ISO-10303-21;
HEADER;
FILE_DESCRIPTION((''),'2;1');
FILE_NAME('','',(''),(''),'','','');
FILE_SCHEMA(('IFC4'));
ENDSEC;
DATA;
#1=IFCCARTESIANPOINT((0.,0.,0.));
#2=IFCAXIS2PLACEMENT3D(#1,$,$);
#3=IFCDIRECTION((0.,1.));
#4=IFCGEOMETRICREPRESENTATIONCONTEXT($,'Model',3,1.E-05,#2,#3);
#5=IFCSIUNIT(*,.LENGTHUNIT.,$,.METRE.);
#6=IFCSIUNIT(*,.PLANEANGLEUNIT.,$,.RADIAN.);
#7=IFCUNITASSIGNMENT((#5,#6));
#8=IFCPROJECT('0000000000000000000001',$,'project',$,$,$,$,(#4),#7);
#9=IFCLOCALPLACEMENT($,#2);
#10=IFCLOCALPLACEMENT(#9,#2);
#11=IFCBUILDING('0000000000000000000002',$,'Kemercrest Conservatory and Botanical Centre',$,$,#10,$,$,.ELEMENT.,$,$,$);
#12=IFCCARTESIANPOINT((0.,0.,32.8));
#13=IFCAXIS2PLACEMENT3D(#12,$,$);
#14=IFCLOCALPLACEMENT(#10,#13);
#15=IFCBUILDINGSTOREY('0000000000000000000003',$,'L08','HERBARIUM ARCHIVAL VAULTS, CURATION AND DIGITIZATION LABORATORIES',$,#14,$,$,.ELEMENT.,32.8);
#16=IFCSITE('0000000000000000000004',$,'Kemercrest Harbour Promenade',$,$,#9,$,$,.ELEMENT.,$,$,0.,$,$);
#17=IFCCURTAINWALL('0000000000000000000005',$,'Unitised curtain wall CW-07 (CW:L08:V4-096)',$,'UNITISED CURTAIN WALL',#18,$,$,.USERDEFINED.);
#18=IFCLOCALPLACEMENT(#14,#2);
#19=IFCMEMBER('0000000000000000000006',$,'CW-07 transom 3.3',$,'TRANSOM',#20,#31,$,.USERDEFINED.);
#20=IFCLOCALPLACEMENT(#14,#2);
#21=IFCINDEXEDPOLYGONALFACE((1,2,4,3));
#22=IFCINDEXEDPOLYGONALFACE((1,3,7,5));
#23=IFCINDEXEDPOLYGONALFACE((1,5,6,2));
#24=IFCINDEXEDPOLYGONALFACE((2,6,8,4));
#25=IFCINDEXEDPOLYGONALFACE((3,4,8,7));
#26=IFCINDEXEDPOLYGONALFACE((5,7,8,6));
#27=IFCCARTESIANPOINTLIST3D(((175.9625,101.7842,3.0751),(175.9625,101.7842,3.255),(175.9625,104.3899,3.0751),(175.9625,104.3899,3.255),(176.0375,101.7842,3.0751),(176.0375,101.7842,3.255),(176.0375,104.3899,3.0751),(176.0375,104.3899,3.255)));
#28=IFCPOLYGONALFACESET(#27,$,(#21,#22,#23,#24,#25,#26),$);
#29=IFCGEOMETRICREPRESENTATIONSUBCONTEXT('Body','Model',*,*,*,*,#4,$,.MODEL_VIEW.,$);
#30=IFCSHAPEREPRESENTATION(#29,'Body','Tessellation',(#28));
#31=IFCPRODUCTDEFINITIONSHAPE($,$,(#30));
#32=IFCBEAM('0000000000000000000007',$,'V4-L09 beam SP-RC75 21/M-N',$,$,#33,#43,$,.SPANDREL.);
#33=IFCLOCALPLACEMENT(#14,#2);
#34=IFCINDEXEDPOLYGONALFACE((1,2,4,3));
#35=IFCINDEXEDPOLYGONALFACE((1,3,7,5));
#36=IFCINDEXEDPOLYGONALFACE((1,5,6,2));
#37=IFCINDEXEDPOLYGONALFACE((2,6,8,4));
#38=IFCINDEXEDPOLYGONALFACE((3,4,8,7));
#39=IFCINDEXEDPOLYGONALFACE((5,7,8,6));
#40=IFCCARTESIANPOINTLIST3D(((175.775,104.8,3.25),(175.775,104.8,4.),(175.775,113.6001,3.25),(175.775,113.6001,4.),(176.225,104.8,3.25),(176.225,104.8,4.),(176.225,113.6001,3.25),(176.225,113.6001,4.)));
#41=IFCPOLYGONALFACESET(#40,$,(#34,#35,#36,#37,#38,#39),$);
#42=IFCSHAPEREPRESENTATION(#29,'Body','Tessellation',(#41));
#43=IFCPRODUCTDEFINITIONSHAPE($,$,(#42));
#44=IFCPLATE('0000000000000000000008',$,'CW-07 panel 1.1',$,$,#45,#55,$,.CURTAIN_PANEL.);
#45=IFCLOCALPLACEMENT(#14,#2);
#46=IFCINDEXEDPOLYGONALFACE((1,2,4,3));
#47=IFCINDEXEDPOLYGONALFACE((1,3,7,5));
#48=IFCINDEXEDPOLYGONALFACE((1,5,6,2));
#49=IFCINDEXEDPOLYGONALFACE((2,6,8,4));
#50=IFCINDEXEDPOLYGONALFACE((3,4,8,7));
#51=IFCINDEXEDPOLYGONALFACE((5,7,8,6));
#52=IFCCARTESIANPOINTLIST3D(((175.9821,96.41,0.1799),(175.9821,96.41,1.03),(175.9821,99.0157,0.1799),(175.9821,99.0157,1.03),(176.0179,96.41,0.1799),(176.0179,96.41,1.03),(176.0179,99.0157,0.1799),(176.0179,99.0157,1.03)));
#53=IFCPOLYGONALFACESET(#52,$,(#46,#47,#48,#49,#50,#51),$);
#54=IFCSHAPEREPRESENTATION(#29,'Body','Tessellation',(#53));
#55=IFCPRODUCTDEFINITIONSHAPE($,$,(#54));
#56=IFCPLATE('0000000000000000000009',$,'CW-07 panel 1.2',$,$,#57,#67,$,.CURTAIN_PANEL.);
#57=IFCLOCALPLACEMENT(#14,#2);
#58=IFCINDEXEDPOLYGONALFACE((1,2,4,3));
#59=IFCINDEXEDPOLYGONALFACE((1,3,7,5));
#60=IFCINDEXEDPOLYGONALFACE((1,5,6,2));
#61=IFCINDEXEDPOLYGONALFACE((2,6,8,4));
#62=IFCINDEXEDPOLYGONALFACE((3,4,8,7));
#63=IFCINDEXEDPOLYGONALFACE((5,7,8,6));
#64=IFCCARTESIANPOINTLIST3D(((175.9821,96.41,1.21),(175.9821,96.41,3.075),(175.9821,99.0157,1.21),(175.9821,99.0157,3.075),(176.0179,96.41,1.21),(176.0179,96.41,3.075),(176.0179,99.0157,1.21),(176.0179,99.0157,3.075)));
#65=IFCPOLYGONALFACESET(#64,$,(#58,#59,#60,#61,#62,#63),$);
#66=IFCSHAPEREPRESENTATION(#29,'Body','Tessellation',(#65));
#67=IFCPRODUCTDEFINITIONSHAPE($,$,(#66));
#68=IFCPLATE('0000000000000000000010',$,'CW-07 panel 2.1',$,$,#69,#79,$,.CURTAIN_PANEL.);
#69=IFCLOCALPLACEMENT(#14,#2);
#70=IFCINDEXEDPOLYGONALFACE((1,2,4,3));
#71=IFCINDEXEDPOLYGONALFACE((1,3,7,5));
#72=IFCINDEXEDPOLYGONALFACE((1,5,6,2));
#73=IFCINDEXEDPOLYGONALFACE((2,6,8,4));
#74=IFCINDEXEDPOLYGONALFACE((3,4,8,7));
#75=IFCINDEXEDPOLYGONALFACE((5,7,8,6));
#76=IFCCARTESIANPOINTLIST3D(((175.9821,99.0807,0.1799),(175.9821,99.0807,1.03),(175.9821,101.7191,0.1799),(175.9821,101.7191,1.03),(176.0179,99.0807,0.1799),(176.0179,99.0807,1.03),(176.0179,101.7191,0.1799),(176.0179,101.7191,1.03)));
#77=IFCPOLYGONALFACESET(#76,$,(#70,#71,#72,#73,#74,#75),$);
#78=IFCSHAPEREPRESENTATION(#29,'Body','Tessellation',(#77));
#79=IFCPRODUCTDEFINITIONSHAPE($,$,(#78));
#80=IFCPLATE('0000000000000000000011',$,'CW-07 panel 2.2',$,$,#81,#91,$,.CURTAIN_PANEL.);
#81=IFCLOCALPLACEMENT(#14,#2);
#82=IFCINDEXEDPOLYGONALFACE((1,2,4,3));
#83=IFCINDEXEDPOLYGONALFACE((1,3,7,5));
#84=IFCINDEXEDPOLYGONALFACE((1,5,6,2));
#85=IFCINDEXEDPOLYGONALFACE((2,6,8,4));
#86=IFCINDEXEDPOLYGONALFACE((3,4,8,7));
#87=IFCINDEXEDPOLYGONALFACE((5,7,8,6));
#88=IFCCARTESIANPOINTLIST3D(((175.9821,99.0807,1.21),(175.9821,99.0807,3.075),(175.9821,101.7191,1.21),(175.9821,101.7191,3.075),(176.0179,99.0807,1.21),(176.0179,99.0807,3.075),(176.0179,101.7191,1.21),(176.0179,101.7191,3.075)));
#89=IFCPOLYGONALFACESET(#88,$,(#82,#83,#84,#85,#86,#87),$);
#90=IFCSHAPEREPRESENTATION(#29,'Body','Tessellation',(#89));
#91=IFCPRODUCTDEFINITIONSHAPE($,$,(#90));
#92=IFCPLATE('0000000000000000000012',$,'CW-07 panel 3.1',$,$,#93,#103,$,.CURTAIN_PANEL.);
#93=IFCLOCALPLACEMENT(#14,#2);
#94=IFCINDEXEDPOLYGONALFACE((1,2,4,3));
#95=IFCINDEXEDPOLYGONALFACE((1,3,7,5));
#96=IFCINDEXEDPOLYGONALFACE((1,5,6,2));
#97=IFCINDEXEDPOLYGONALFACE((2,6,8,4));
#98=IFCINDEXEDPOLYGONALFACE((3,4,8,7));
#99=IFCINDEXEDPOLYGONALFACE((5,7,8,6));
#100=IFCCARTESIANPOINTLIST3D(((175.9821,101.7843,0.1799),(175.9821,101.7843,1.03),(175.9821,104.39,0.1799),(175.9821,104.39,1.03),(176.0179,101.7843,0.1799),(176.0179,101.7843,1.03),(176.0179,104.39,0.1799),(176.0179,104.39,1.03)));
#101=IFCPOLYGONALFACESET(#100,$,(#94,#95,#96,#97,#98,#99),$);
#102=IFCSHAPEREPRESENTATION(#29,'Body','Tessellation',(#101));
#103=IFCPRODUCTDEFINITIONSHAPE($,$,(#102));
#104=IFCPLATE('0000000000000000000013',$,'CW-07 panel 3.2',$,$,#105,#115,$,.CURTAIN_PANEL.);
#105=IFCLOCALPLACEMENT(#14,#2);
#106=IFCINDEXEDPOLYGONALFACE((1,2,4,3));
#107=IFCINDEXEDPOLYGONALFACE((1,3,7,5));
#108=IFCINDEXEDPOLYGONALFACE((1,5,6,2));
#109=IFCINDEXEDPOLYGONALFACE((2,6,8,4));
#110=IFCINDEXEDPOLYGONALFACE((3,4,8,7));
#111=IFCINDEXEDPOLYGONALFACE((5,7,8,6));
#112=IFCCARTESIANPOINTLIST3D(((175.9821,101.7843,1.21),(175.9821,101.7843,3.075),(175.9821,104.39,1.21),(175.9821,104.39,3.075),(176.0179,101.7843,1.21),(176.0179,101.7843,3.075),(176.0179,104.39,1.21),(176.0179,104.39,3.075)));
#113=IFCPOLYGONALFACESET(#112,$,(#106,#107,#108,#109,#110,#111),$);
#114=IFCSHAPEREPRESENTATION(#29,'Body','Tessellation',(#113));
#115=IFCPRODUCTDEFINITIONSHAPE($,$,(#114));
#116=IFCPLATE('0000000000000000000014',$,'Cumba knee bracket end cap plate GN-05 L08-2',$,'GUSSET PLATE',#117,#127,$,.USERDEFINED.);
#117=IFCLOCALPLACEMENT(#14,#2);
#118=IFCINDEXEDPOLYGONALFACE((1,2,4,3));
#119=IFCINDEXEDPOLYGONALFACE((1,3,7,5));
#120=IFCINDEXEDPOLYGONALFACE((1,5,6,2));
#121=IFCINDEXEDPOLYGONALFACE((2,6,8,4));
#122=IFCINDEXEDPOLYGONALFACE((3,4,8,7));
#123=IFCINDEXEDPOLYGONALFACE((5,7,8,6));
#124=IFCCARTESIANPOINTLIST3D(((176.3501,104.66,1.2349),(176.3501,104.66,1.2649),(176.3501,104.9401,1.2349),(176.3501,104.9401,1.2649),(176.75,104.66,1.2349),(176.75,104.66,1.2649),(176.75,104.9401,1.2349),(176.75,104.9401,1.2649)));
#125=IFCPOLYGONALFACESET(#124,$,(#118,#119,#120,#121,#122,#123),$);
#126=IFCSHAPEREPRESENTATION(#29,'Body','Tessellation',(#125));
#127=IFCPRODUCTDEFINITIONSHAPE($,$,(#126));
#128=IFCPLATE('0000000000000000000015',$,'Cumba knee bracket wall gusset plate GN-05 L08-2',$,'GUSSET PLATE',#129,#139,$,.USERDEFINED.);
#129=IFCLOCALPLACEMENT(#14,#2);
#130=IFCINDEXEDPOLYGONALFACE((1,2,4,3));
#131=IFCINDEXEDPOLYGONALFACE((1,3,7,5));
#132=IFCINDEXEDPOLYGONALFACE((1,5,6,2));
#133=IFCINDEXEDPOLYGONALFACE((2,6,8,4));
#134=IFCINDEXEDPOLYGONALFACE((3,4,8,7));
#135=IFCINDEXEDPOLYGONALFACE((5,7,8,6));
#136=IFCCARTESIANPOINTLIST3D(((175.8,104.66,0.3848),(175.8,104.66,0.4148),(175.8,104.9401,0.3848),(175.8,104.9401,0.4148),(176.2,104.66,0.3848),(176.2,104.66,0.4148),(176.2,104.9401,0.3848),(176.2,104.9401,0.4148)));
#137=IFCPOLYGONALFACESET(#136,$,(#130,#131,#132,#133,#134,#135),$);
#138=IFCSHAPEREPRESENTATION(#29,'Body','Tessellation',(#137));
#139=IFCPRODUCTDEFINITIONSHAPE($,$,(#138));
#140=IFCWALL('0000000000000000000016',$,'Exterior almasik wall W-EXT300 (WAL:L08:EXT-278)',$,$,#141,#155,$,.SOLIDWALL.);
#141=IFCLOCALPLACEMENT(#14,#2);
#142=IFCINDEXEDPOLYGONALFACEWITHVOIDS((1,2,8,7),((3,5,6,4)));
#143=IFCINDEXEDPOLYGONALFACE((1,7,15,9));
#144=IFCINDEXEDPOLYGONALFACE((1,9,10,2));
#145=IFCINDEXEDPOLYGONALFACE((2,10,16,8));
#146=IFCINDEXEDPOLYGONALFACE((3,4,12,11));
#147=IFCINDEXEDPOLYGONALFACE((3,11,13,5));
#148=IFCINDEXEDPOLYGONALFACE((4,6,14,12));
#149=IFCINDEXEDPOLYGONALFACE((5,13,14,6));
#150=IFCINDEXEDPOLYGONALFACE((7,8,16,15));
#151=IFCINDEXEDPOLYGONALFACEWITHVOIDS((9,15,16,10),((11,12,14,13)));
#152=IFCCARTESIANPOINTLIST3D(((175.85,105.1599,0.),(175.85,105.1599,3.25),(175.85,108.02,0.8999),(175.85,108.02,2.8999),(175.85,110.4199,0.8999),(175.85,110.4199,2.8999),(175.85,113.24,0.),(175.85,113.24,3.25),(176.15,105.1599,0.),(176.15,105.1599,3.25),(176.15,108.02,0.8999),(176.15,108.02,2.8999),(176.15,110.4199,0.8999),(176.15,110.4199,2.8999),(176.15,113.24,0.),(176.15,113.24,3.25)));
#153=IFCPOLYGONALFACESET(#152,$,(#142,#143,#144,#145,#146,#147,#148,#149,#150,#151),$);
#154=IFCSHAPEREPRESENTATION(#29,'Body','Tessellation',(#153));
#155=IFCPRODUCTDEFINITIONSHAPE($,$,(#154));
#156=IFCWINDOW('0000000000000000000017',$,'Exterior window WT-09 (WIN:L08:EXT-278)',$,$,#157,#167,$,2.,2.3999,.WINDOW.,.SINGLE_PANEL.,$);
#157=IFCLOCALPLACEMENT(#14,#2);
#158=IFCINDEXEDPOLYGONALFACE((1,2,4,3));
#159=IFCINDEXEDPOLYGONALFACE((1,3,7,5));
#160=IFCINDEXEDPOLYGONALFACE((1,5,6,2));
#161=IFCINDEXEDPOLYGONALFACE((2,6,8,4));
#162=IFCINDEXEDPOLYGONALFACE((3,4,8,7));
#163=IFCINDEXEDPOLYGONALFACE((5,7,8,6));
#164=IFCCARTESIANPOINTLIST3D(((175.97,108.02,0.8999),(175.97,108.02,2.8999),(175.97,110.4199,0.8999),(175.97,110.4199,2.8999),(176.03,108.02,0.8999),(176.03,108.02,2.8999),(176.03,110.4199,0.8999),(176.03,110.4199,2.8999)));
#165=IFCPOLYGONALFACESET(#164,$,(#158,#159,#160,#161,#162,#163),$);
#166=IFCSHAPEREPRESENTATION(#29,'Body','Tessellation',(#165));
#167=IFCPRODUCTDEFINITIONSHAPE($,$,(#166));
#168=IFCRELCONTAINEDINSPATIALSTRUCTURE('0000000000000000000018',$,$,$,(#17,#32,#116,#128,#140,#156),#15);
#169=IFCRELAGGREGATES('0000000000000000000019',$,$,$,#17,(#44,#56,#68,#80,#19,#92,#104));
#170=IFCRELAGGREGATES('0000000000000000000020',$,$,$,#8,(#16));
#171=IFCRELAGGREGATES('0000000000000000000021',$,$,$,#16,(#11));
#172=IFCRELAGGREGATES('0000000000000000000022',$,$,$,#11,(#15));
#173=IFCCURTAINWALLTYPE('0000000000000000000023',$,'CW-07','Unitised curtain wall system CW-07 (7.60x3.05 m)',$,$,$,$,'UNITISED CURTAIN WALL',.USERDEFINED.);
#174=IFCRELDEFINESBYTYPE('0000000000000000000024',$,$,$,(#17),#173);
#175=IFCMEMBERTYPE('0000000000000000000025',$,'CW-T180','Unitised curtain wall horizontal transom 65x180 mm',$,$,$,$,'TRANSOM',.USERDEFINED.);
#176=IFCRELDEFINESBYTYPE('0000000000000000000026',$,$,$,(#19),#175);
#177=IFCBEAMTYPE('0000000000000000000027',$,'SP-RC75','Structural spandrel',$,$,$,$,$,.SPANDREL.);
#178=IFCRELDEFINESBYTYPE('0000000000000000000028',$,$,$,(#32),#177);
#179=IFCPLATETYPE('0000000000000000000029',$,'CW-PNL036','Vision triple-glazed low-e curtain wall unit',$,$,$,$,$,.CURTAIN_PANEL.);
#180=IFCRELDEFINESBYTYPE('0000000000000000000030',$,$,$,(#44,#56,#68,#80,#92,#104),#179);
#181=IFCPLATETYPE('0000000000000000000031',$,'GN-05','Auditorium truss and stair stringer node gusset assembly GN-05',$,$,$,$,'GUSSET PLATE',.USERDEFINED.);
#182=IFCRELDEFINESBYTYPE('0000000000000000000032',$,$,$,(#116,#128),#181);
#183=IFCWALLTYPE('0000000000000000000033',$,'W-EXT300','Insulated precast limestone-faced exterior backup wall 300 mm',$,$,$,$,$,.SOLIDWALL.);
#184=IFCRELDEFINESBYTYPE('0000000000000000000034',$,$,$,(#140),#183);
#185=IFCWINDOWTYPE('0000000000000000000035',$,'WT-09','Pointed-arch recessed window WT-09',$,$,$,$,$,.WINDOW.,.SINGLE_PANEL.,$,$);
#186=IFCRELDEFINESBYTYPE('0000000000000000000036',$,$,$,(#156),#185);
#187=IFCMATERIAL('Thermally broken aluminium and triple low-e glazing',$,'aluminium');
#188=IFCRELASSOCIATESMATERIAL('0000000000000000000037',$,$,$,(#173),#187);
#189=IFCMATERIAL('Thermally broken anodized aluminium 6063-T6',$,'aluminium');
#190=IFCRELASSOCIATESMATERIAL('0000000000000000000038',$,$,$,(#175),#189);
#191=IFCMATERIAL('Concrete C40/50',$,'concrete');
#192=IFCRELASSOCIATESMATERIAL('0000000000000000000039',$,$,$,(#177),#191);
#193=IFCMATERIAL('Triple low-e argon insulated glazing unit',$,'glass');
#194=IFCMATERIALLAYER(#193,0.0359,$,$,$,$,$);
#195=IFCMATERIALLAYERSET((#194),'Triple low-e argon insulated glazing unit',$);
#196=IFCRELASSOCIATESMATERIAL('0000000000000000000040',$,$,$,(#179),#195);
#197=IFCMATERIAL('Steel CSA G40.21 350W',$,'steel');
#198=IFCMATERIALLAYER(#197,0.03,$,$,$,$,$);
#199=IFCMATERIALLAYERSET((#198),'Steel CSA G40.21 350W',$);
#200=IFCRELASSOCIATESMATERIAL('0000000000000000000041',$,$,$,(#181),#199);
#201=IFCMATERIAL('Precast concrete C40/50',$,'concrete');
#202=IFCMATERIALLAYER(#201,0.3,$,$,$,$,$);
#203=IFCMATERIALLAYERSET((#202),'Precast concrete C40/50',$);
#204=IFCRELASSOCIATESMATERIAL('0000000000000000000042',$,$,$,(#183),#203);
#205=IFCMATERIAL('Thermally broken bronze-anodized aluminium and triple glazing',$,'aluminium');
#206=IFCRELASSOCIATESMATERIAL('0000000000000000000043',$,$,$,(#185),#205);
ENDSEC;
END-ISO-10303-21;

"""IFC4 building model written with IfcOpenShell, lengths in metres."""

from ifc_helpers import new_model, si_unit, direction, frame, frame_2d, origin, origin_2d, place, context, subcontext, project, spatial, rectangle, extrude, material, layer, layer_set, material_profile, profile_set, type_object, element, fill, aggregate, save


model = new_model("IFC4")

# Units and contexts
model_context = context("Model", 3, precision=1e-05, world=origin(), true_north=direction((0.0, 1.0)))
body_context = subcontext(model_context, "Body", "Model", "MODEL_VIEW")
ifc_project = project(units=[si_unit("LENGTHUNIT", "METRE"), si_unit("PLANEANGLEUNIT", "RADIAN")], contexts=[model_context])

# Site, building, storey
site_placement = place(None, origin())
site = spatial("IfcSite", under=ifc_project, at=site_placement, Name="Kemercrest Harbour Promenade", CompositionType="ELEMENT", RefElevation=0.0)
building_placement = place(site_placement, origin())
building = spatial("IfcBuilding", under=site, at=building_placement, Name="Kemercrest Conservatory and Botanical Centre", CompositionType="ELEMENT")
storey_placement = place(building_placement, frame((0.0, 0.0, 32.8)))
storey = spatial("IfcBuildingStorey", under=building, at=storey_placement, Name="L08", Description="HERBARIUM ARCHIVAL VAULTS, CURATION AND DIGITIZATION LABORATORIES", CompositionType="ELEMENT", Elevation=32.8)

# Shared definitions
ifc_material_1 = material(Name="Steel CSA G40.21 350W", Category="steel")

# Curtain wall, member
ifc_material_2 = material(Name="Thermally broken aluminium and triple low-e glazing", Category="aluminium")
curtain_wall_type = type_object("IfcCurtainWallType", Name="CW-07", Description="Unitised curtain wall system CW-07 (7.60x3.05 m)", ElementType="UNITISED CURTAIN WALL", PredefinedType="USERDEFINED", material=ifc_material_2)
curtain_wall_placement = place(storey_placement, origin())
curtain_wall = element("IfcCurtainWall", 1, at=curtain_wall_placement, inside=storey, type_object=curtain_wall_type, Name="Unitised curtain wall CW-07 (CW:L08:V4-096)", ObjectType="UNITISED CURTAIN WALL", PredefinedType="USERDEFINED")
ifc_material_3 = material(Name="Thermally broken anodized aluminium 6063-T6", Category="aluminium")
ifc_material_profile_1 = material_profile(ifc_material_3, rectangle(XDim=0.075, YDim=0.1799, at=origin_2d()), Name="AL TRANSOM 75x180")
ifc_profile_set_1 = profile_set([ifc_material_profile_1], Name="Thermally broken anodized aluminium 6063-T6")
member_type_1 = type_object("IfcMemberType", Name="CW-T180", Description="Unitised curtain wall horizontal transom 65x180 mm", ElementType="TRANSOM", PredefinedType="USERDEFINED", material=ifc_profile_set_1)
member_1_placement = place(storey_placement, frame((176.0, 101.7842, 3.165), z_axis=(0.0, 1.0, 0.0), x_axis=(-1.0, 0.0, 0.0)))
member_1 = element("IfcMember", 2, at=member_1_placement, type_object=member_type_1, Name="CW-07 transom 3.3", ObjectType="TRANSOM", PredefinedType="USERDEFINED", context=body_context, shape_type="SweptSolid", body=[
    extrude(rectangle(XDim=0.075, YDim=0.1799, at=origin_2d()), origin(), (0.0, 0.0, 1.0), 2.6057),
])

# Beam
ifc_material_4 = material(Name="Concrete C40/50", Category="concrete")
ifc_material_profile_2 = material_profile(ifc_material_4, rectangle(XDim=0.45, YDim=0.75, at=origin_2d()), Name="RC 450x750")
ifc_profile_set_2 = profile_set([ifc_material_profile_2], Name="Concrete C40/50")
beam_type = type_object("IfcBeamType", Name="SP-RC75", Description="Structural spandrel", PredefinedType="SPANDREL", material=ifc_profile_set_2)
beam_placement = place(storey_placement, frame((176.0, 104.8, 3.625), z_axis=(0.0, 1.0, 0.0), x_axis=(-1.0, 0.0, 0.0)))
element("IfcBeam", 3, at=beam_placement, inside=storey, type_object=beam_type, Name="V4-L09 beam SP-RC75 21/M-N", PredefinedType="SPANDREL", context=body_context, shape_type="SweptSolid", body=[
    extrude(rectangle(XDim=0.45, YDim=0.75, at=origin_2d()), origin(), (0.0, 0.0, 1.0), 8.8),
])

# Plates
ifc_material_5 = material(Name="Triple low-e argon insulated glazing unit", Category="glass")
ifc_layer_1 = layer(ifc_material_5, 0.0359)
ifc_layer_set_1 = layer_set([ifc_layer_1], Name="Triple low-e argon insulated glazing unit")
plate_type_1 = type_object("IfcPlateType", Name="CW-PNL036", Description="Vision triple-glazed low-e curtain wall unit", PredefinedType="CURTAIN_PANEL", material=ifc_layer_set_1)
plate_1_placement = place(storey_placement, frame((176.0, 97.7129, 0.1799), z_axis=(0.0, 0.0, 1.0), x_axis=(0.0, 1.0, 0.0)))
plate_1 = element("IfcPlate", 4, at=plate_1_placement, type_object=plate_type_1, Name="CW-07 panel 1.1", PredefinedType="CURTAIN_PANEL", context=body_context, shape_type="SweptSolid", body=[
    extrude(rectangle(XDim=2.6057, YDim=0.0359, at=origin_2d()), origin(), (0.0, 0.0, 1.0), 0.8501),
])
plate_2_placement = place(storey_placement, frame((176.0, 97.7129, 1.21), z_axis=(0.0, 0.0, 1.0), x_axis=(0.0, 1.0, 0.0)))
plate_2 = element("IfcPlate", 5, at=plate_2_placement, type_object=plate_type_1, Name="CW-07 panel 1.2", PredefinedType="CURTAIN_PANEL", context=body_context, shape_type="SweptSolid", body=[
    extrude(rectangle(XDim=2.6057, YDim=0.0359, at=origin_2d()), origin(), (0.0, 0.0, 1.0), 1.865),
])
plate_3_placement = place(storey_placement, frame((176.0, 100.3999, 0.1799), z_axis=(0.0, 0.0, 1.0), x_axis=(0.0, 1.0, 0.0)))
plate_3 = element("IfcPlate", 6, at=plate_3_placement, type_object=plate_type_1, Name="CW-07 panel 2.1", PredefinedType="CURTAIN_PANEL", context=body_context, shape_type="SweptSolid", body=[
    extrude(rectangle(XDim=2.6384, YDim=0.0359, at=origin_2d()), origin(), (0.0, 0.0, 1.0), 0.8501),
])
plate_4_placement = place(storey_placement, frame((176.0, 100.3999, 1.21), z_axis=(0.0, 0.0, 1.0), x_axis=(0.0, 1.0, 0.0)))
plate_4 = element("IfcPlate", 7, at=plate_4_placement, type_object=plate_type_1, Name="CW-07 panel 2.2", PredefinedType="CURTAIN_PANEL", context=body_context, shape_type="SweptSolid", body=[
    extrude(rectangle(XDim=2.6384, YDim=0.0359, at=origin_2d()), origin(), (0.0, 0.0, 1.0), 1.865),
])
plate_5_placement = place(storey_placement, frame((176.0, 103.0872, 0.1799), z_axis=(0.0, 0.0, 1.0), x_axis=(0.0, 1.0, 0.0)))
plate_5 = element("IfcPlate", 8, at=plate_5_placement, type_object=plate_type_1, Name="CW-07 panel 3.1", PredefinedType="CURTAIN_PANEL", context=body_context, shape_type="SweptSolid", body=[
    extrude(rectangle(XDim=2.6057, YDim=0.0359, at=origin_2d()), origin(), (0.0, 0.0, 1.0), 0.8501),
])
plate_6_placement = place(storey_placement, frame((176.0, 103.0872, 1.21), z_axis=(0.0, 0.0, 1.0), x_axis=(0.0, 1.0, 0.0)))
plate_6 = element("IfcPlate", 9, at=plate_6_placement, type_object=plate_type_1, Name="CW-07 panel 3.2", PredefinedType="CURTAIN_PANEL", context=body_context, shape_type="SweptSolid", body=[
    extrude(rectangle(XDim=2.6057, YDim=0.0359, at=origin_2d()), origin(), (0.0, 0.0, 1.0), 1.865),
])
aggregate(curtain_wall, [plate_1, plate_2, plate_3, plate_4, member_1, plate_5, plate_6])

# Plates
ifc_layer_2 = layer(ifc_material_1, 0.03)
ifc_layer_set_2 = layer_set([ifc_layer_2], Name="Steel CSA G40.21 350W")
plate_type_2 = type_object("IfcPlateType", Name="GN-05", Description="Auditorium truss and stair stringer node gusset assembly GN-05", ElementType="GUSSET PLATE", PredefinedType="USERDEFINED", material=ifc_layer_set_2)
for number, where, z_axis, x_axis, name in (
    (10, (176.55, 104.8, 1.2349), (0.0, 0.0, 1.0), (1.0, 0.0, 0.0), "Cumba knee bracket end cap plate GN-05 L08-2"),
    (11, (176.0, 104.8, 0.3848), (0.0, 0.0, 1.0), (1.0, 0.0, 0.0), "Cumba knee bracket wall gusset plate GN-05 L08-2"),
):
    element("IfcPlate", number, at=place(storey_placement, frame(where, z_axis=z_axis, x_axis=x_axis)), inside=storey, type_object=plate_type_2, Name=name, ObjectType="GUSSET PLATE", PredefinedType="USERDEFINED", context=body_context, shape_type="SweptSolid", body=[
        extrude(rectangle(XDim=0.3999, YDim=0.28, at=origin_2d()), origin(), (0.0, 0.0, 1.0), 0.03),
    ])

# Wall, opening, window
ifc_material_6 = material(Name="Precast concrete C40/50", Category="concrete")
ifc_layer_3 = layer(ifc_material_6, 0.3)
ifc_layer_set_3 = layer_set([ifc_layer_3], Name="Precast concrete C40/50")
wall_type = type_object("IfcWallType", Name="W-EXT300", Description="Insulated precast limestone-faced exterior backup wall 300 mm", PredefinedType="SOLIDWALL", material=ifc_layer_set_3)
wall_placement = place(storey_placement, frame((176.0, 105.1599, 0.0), z_axis=(0.0, 0.0, 1.0), x_axis=(0.0, 1.0, 0.0)))
wall = element("IfcWall", 12, at=wall_placement, inside=storey, type_object=wall_type, Name="Exterior almasik wall W-EXT300 (WAL:L08:EXT-278)", PredefinedType="SOLIDWALL", context=body_context, shape_type="SweptSolid", body=[
    extrude(rectangle(XDim=8.0801, YDim=0.3, at=frame_2d((4.04, 0.0))), origin(), (0.0, 0.0, 1.0), 3.25),
])
opening_placement = place(wall_placement, frame((2.8601, 0.0, 0.8999)))
opening = element("IfcOpeningElement", 13, at=opening_placement, cuts=wall, PredefinedType="OPENING", context=body_context, shape_type="SweptSolid", body=[
    extrude(rectangle(XDim=2.3999, YDim=2.0, at=frame_2d((1.2, 1.0))), frame((0.0, 0.1602, 0.0), z_axis=(0.0, -1.0, 0.0), x_axis=(1.0, 0.0, 0.0)), (0.0, 0.0, 1.0), 0.3201),
])
ifc_material_7 = material(Name="Thermally broken bronze-anodized aluminium and triple glazing", Category="aluminium")
window_type = type_object("IfcWindowType", Name="WT-09", Description="Pointed-arch recessed window WT-09", PartitioningType="SINGLE_PANEL", PredefinedType="WINDOW", material=ifc_material_7)
window_placement = place(opening_placement, origin())
window = element("IfcWindow", 14, at=window_placement, inside=storey, type_object=window_type, Name="Exterior window WT-09 (WIN:L08:EXT-278)", OverallHeight=2.0, OverallWidth=2.3999, PartitioningType="SINGLE_PANEL", PredefinedType="WINDOW", context=body_context, shape_type="SweptSolid", body=[
    extrude(rectangle(XDim=2.3999, YDim=2.0, at=frame_2d((1.2, 1.0))), frame((0.0, 0.03, 0.0), z_axis=(0.0, -1.0, 0.0), x_axis=(1.0, 0.0, 0.0)), (0.0, 0.0, 1.0), 0.0601),
])
fill(opening, window)

save(model, "model.ifc")
